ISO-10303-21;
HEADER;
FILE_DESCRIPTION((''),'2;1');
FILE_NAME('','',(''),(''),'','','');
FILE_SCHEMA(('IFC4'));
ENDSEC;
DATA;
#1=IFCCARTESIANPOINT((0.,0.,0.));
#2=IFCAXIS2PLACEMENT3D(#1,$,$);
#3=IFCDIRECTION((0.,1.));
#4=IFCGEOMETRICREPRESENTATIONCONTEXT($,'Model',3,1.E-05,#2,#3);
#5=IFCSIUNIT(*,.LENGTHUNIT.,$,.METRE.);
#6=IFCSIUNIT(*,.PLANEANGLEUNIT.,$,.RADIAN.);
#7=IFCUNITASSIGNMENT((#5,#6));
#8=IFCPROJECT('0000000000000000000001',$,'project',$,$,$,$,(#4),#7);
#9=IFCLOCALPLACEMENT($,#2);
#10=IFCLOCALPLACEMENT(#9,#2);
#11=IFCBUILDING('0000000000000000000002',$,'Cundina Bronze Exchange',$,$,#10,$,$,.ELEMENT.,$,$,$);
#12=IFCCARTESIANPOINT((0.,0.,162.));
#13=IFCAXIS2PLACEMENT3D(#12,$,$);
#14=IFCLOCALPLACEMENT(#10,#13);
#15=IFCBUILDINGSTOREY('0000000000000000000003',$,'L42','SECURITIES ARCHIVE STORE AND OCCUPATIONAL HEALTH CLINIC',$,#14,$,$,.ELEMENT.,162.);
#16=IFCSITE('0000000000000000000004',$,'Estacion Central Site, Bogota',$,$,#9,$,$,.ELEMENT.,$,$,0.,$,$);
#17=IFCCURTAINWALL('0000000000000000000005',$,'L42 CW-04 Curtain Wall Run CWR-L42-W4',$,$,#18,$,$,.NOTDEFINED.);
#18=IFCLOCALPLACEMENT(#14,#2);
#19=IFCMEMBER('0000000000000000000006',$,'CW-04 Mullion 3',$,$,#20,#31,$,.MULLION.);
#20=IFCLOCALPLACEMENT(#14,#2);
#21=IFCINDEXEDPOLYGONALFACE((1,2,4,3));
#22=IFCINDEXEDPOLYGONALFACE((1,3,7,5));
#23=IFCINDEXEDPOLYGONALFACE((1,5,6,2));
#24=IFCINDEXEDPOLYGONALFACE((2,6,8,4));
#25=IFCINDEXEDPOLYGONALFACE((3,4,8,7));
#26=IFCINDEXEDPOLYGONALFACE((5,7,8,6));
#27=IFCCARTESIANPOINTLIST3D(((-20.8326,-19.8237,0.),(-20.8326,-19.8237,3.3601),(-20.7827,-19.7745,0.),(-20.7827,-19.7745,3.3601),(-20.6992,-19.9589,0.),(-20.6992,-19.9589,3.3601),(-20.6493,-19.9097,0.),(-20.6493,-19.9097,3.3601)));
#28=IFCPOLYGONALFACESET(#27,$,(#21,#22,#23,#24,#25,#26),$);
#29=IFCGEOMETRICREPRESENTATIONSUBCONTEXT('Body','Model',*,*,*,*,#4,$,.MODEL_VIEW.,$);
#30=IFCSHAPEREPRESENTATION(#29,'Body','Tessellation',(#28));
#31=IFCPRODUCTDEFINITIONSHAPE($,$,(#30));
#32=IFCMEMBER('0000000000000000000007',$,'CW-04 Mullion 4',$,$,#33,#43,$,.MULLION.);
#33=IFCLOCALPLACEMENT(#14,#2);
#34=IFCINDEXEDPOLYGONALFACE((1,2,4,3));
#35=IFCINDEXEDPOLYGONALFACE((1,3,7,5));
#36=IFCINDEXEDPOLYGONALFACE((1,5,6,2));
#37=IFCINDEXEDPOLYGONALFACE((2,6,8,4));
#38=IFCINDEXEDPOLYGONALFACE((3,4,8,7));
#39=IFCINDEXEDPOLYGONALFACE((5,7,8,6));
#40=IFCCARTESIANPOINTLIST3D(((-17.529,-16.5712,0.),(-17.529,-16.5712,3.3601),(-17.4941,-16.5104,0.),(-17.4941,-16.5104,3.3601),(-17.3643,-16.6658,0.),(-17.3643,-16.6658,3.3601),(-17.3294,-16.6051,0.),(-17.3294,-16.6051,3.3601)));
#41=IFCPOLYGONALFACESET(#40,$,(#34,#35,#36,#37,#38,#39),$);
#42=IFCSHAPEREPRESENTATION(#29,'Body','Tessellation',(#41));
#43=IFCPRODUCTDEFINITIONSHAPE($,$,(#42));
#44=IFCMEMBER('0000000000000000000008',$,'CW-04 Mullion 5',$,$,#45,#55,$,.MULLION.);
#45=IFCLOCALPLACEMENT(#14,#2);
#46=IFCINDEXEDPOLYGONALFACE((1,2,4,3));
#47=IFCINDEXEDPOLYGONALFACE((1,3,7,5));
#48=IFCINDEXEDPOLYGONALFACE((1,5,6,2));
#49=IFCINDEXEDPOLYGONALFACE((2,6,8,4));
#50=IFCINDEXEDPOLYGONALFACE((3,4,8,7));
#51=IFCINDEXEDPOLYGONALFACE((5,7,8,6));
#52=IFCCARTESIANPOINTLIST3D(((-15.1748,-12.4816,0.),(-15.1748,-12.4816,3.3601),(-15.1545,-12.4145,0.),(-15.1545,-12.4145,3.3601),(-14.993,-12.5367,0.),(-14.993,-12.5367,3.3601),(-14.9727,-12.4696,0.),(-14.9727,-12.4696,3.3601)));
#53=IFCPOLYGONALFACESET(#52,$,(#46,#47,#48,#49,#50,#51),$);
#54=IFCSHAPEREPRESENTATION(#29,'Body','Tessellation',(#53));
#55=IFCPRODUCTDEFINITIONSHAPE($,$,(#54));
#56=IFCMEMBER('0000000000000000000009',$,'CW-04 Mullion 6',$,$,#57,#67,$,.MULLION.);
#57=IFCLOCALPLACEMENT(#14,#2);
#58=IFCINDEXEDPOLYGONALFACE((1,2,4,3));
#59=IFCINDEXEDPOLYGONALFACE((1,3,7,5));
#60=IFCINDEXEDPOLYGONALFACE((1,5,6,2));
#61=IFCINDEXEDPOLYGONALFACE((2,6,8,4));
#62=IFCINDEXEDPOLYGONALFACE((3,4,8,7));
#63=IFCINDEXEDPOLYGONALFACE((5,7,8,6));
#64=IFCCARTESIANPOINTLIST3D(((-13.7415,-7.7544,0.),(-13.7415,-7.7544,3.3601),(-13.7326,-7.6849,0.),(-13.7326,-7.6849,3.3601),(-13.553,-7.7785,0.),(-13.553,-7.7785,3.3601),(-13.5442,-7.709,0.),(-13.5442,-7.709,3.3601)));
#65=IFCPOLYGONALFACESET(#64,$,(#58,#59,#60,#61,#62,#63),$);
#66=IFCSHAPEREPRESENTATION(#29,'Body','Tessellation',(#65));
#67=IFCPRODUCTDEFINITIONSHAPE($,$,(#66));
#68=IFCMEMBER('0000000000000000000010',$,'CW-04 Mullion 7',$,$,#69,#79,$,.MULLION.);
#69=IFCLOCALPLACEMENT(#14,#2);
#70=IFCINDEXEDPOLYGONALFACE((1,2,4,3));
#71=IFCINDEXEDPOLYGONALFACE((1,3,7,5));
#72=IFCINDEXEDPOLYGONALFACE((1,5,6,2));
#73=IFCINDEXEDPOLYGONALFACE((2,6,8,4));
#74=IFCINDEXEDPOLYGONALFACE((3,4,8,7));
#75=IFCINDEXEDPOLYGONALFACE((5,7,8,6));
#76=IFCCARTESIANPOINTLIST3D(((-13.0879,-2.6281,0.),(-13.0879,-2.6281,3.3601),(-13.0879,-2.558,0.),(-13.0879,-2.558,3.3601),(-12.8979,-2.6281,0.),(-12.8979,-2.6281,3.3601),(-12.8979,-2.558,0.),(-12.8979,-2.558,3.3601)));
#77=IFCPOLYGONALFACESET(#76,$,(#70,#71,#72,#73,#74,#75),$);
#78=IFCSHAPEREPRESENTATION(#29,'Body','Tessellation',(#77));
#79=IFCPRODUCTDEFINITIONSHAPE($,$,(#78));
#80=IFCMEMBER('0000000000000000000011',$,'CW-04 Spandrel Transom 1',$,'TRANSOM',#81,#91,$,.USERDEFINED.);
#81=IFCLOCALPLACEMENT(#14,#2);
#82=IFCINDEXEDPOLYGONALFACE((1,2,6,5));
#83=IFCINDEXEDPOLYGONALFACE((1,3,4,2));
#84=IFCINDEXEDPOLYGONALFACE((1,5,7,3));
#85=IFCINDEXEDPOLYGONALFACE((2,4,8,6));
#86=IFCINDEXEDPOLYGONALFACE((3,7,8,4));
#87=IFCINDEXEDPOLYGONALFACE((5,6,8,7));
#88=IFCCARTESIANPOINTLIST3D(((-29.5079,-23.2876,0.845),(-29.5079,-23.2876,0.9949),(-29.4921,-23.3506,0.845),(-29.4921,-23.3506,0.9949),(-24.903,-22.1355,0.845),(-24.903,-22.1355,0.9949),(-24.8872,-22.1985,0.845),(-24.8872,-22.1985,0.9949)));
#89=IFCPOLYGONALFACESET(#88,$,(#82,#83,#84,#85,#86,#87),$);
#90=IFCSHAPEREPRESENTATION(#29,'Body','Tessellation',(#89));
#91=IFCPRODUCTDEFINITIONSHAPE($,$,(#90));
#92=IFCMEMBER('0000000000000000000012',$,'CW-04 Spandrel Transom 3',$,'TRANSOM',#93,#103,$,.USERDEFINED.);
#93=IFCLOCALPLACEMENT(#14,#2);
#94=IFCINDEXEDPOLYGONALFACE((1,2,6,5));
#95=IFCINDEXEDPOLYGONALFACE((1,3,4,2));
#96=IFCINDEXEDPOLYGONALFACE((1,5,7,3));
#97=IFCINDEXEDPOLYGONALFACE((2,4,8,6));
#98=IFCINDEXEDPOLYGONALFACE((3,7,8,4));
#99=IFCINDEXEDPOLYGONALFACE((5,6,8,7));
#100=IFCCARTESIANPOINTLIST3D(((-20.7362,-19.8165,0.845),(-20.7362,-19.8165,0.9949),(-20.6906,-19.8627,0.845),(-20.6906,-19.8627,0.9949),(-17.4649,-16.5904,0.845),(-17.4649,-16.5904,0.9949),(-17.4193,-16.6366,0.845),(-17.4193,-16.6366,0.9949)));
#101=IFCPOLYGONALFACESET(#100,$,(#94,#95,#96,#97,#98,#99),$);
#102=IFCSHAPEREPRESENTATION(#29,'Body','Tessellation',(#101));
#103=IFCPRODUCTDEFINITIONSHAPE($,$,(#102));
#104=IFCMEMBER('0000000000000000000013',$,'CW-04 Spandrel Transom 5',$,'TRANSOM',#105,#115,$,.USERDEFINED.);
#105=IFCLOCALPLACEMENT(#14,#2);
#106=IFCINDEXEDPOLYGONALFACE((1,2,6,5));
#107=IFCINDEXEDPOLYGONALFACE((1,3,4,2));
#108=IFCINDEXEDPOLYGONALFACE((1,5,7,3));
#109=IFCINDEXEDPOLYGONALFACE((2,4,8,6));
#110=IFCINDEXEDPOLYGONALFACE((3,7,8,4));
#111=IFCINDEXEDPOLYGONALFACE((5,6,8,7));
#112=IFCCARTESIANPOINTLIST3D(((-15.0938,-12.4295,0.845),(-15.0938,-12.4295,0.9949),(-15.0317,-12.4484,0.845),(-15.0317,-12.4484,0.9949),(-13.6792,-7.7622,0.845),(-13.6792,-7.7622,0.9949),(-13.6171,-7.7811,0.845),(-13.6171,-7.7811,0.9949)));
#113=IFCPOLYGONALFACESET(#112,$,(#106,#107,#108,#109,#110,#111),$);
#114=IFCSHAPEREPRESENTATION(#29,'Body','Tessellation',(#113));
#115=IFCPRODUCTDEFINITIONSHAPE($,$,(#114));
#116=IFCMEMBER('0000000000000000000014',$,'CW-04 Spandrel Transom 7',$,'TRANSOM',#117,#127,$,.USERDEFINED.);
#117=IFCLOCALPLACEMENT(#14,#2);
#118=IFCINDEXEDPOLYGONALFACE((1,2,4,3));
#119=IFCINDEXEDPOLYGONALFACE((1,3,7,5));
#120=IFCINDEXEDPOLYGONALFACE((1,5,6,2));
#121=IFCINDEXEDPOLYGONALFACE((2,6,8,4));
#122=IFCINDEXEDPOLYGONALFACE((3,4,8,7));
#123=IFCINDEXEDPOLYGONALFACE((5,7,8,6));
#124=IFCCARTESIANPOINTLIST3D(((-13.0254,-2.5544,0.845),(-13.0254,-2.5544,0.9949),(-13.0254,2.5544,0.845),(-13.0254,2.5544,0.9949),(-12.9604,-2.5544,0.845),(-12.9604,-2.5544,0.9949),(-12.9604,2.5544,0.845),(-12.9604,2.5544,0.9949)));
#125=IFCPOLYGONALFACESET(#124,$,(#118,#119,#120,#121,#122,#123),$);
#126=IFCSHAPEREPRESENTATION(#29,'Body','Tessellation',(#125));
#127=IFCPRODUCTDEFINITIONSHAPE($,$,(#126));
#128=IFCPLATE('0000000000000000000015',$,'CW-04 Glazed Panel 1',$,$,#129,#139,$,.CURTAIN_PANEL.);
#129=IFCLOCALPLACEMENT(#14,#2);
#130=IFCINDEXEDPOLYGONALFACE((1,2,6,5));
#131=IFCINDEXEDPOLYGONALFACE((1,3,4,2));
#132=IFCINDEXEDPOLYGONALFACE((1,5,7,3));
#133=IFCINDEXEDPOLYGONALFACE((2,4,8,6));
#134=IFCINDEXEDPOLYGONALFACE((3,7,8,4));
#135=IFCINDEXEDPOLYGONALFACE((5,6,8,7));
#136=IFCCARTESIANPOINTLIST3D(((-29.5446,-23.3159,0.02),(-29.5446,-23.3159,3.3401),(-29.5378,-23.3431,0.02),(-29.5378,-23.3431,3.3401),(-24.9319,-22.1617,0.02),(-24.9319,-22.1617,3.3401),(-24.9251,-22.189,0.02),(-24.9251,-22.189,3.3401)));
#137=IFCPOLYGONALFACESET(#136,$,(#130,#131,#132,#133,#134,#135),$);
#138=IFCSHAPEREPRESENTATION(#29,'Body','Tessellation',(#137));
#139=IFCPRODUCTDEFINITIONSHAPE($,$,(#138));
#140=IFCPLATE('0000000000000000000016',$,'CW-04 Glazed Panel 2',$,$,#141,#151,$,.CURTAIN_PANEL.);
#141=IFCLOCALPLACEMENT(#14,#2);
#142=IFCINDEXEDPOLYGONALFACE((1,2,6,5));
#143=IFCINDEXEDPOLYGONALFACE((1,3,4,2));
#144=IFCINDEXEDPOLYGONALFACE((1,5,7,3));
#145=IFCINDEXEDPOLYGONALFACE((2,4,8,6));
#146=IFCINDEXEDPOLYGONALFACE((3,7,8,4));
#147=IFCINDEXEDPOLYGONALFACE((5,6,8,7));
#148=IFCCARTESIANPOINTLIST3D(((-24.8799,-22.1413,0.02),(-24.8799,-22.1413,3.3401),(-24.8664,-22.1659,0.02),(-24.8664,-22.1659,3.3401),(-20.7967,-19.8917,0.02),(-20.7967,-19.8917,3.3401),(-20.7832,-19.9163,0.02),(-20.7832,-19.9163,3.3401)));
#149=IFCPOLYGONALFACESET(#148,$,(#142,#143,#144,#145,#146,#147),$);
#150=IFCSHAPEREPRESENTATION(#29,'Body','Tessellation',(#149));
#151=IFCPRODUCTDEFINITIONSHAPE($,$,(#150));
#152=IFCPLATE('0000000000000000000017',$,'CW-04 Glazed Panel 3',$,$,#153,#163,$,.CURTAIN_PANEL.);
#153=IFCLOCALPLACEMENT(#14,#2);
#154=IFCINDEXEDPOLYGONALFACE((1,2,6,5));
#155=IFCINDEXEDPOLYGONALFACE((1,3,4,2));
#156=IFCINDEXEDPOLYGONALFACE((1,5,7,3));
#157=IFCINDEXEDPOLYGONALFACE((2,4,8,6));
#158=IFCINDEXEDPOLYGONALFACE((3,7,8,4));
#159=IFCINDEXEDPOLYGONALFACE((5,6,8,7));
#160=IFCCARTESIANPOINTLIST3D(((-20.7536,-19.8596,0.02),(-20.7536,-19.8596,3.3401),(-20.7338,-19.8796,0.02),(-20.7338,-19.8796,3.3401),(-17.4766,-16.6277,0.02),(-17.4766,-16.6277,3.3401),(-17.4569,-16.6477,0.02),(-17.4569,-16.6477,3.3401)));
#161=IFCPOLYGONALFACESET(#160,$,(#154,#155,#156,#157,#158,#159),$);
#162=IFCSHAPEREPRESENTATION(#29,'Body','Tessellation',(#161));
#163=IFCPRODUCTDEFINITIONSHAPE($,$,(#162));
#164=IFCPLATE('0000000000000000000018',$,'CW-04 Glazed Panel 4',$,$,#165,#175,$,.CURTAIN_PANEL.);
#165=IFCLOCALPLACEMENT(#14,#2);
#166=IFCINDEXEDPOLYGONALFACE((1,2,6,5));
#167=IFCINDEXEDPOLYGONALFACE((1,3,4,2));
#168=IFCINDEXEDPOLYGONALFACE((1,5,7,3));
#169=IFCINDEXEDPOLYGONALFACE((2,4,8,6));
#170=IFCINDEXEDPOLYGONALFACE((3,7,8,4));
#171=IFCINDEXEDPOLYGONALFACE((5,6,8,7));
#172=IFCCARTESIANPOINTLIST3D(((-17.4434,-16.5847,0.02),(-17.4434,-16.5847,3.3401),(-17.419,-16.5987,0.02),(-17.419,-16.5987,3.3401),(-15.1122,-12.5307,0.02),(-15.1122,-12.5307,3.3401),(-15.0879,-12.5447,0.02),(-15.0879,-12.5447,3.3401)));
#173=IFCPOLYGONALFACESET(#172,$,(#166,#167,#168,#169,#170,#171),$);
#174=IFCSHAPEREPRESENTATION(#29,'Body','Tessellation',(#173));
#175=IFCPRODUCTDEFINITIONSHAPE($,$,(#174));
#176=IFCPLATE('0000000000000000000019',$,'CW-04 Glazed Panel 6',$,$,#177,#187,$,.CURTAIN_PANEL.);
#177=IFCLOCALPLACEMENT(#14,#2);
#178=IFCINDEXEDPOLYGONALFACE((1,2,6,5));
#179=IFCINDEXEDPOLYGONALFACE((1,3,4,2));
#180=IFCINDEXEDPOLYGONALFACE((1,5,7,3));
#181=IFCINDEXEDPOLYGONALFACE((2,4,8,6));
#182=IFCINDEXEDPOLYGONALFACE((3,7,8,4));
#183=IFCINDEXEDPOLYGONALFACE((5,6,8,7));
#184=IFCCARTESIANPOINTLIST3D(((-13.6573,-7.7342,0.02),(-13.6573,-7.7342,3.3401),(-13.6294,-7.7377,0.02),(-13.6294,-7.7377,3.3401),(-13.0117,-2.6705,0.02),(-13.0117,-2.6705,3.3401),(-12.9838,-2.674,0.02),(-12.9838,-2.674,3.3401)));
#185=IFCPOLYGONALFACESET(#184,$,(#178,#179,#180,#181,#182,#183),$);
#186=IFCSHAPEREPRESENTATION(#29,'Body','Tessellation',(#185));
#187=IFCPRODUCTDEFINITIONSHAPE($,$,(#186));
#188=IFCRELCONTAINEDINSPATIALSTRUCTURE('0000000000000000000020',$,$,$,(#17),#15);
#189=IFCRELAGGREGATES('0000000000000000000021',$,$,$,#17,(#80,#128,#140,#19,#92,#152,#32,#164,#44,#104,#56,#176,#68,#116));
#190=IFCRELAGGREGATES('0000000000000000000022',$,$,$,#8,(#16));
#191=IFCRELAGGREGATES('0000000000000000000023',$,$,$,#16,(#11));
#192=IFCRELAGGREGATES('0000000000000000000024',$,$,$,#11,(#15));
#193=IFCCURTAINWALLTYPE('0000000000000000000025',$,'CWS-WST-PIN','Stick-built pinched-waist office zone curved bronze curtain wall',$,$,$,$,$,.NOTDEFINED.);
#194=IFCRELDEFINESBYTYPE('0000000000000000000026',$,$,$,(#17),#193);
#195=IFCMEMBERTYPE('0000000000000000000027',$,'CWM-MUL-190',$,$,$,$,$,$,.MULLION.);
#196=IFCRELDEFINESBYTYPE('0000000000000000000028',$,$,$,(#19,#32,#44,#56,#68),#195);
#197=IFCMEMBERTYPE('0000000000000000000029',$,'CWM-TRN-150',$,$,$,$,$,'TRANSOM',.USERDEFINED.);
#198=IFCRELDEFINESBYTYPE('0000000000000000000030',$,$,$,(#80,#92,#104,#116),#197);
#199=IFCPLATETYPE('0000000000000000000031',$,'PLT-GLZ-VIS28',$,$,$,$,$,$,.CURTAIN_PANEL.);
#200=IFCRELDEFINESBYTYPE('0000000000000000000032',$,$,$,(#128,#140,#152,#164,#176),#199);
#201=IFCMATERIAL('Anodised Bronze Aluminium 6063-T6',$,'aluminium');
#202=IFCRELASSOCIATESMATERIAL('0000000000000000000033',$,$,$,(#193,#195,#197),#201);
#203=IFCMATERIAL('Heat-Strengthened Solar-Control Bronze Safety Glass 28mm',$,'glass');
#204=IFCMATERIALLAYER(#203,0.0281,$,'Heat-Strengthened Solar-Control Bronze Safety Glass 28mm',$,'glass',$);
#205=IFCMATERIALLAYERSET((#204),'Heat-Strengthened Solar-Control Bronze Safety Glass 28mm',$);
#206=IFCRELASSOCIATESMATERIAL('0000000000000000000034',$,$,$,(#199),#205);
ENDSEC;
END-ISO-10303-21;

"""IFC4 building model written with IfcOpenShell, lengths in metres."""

from ifc_helpers import new_model, si_unit, direction, frame, origin, origin_2d, place, context, subcontext, project, spatial, rectangle, extrude, material, layer, layer_set, material_profile, profile_set, type_object, element, aggregate, save


model = new_model("IFC4")

# Units and contexts
model_context = context("Model", 3, precision=1e-05, world=origin(), true_north=direction((0.0, 1.0)))
body_context = subcontext(model_context, "Body", "Model", "MODEL_VIEW")
ifc_project = project(units=[si_unit("LENGTHUNIT", "METRE"), si_unit("PLANEANGLEUNIT", "RADIAN")], contexts=[model_context])

# Site, building, storey
site_placement = place(None, origin())
site = spatial("IfcSite", under=ifc_project, at=site_placement, Name="Estacion Central Site, Bogota", CompositionType="ELEMENT", RefElevation=0.0)
building_placement = place(site_placement, origin())
building = spatial("IfcBuilding", under=site, at=building_placement, Name="Cundina Bronze Exchange", CompositionType="ELEMENT")
storey_placement = place(building_placement, frame((0.0, 0.0, 162.0)))
storey = spatial("IfcBuildingStorey", under=building, at=storey_placement, Name="L42", Description="SECURITIES ARCHIVE STORE AND OCCUPATIONAL HEALTH CLINIC", CompositionType="ELEMENT", Elevation=162.0)

# Curtain wall, members, plates
ifc_material_1 = material(Name="Anodised Bronze Aluminium 6063-T6", Category="aluminium")
curtain_wall_type = type_object("IfcCurtainWallType", Name="CWS-WST-PIN", Description="Stick-built pinched-waist office zone curved bronze curtain wall", PredefinedType="NOTDEFINED", material=ifc_material_1)
curtain_wall_placement = place(storey_placement, origin())
curtain_wall = element("IfcCurtainWall", 1, at=curtain_wall_placement, inside=storey, type_object=curtain_wall_type, Name="L42 CW-04 Curtain Wall Run CWR-L42-W4", PredefinedType="NOTDEFINED")
ifc_material_profile_1 = material_profile(ifc_material_1, rectangle(XDim=0.0701, YDim=0.1899, at=origin_2d()), Name="AL70X190", Category="aluminium")
ifc_profile_set_1 = profile_set([ifc_material_profile_1], Name="Anodised Bronze Aluminium 6063-T6")
member_type_1 = type_object("IfcMemberType", Name="CWM-MUL-190", PredefinedType="MULLION", material=ifc_profile_set_1)
member_1_placement = place(storey_placement, frame((-20.741, -19.8667, 0.0), z_axis=(0.0, 0.0, 1.0), x_axis=(0.712026, 0.702153, 0.0)))
member_1 = element("IfcMember", 2, at=member_1_placement, type_object=member_type_1, Name="CW-04 Mullion 3", PredefinedType="MULLION", context=body_context, shape_type="SweptSolid", body=[
    extrude(rectangle(XDim=0.0701, YDim=0.1899, at=origin_2d()), origin(), (0.0, 0.0, 1.0), 3.3601),
])
member_2_placement = place(storey_placement, frame((-17.4292, -16.5881, 0.0), z_axis=(0.0, 0.0, 1.0), x_axis=(0.498488, 0.866897, 0.0)))
member_2 = element("IfcMember", 3, at=member_2_placement, type_object=member_type_1, Name="CW-04 Mullion 4", PredefinedType="MULLION", context=body_context, shape_type="SweptSolid", body=[
    extrude(rectangle(XDim=0.0701, YDim=0.1899, at=origin_2d()), origin(), (0.0, 0.0, 1.0), 3.3601),
])
member_3_placement = place(storey_placement, frame((-15.0737, -12.4756, 0.0), z_axis=(0.0, 0.0, 1.0), x_axis=(0.290034, 0.957016, 0.0)))
member_3 = element("IfcMember", 4, at=member_3_placement, type_object=member_type_1, Name="CW-04 Mullion 5", PredefinedType="MULLION", context=body_context, shape_type="SweptSolid", body=[
    extrude(rectangle(XDim=0.0701, YDim=0.1899, at=origin_2d()), origin(), (0.0, 0.0, 1.0), 3.3601),
])
member_4_placement = place(storey_placement, frame((-13.6428, -7.7317, 0.0), z_axis=(0.0, 0.0, 1.0), x_axis=(0.126545, 0.991961, 0.0)))
member_4 = element("IfcMember", 5, at=member_4_placement, type_object=member_type_1, Name="CW-04 Mullion 6", PredefinedType="MULLION", context=body_context, shape_type="SweptSolid", body=[
    extrude(rectangle(XDim=0.0701, YDim=0.1899, at=origin_2d()), origin(), (0.0, 0.0, 1.0), 3.3601),
])
member_5_placement = place(storey_placement, frame((-12.9929, -2.593, 0.0), z_axis=(0.0, 0.0, 1.0), x_axis=(0.0, 1.0, 0.0)))
member_5 = element("IfcMember", 6, at=member_5_placement, type_object=member_type_1, Name="CW-04 Mullion 7", PredefinedType="MULLION", context=body_context, shape_type="SweptSolid", body=[
    extrude(rectangle(XDim=0.0701, YDim=0.1899, at=origin_2d()), origin(), (0.0, 0.0, 1.0), 3.3601),
])
ifc_material_profile_2 = material_profile(ifc_material_1, rectangle(XDim=0.0649, YDim=0.1499, at=origin_2d()), Name="AL65X150", Category="aluminium")
ifc_profile_set_2 = profile_set([ifc_material_profile_2], Name="Anodised Bronze Aluminium 6063-T6")
member_type_2 = type_object("IfcMemberType", Name="CWM-TRN-150", ElementType="TRANSOM", PredefinedType="USERDEFINED", material=ifc_profile_set_2)
member_6_placement = place(storey_placement, frame((-29.5, -23.3191, 0.9199), z_axis=(0.9701, 0.242705, 0.0), x_axis=(-0.242705, 0.9701, 0.0)))
member_6 = element("IfcMember", 7, at=member_6_placement, type_object=member_type_2, Name="CW-04 Spandrel Transom 1", ObjectType="TRANSOM", PredefinedType="USERDEFINED", context=body_context, shape_type="SweptSolid", body=[
    extrude(rectangle(XDim=0.0649, YDim=0.1499, at=origin_2d()), origin(), (0.0, 0.0, 1.0), 4.7468),
])
member_7_placement = place(storey_placement, frame((-20.7134, -19.8396, 0.9199), z_axis=(0.712005, 0.702174, 0.0), x_axis=(-0.702174, 0.712005, 0.0)))
member_7 = element("IfcMember", 8, at=member_7_placement, type_object=member_type_2, Name="CW-04 Spandrel Transom 3", ObjectType="TRANSOM", PredefinedType="USERDEFINED", context=body_context, shape_type="SweptSolid", body=[
    extrude(rectangle(XDim=0.0649, YDim=0.1499, at=origin_2d()), origin(), (0.0, 0.0, 1.0), 4.5945),
])
member_8_placement = place(storey_placement, frame((-15.0627, -12.439, 0.9199), z_axis=(0.290052, 0.957011, 0.0), x_axis=(-0.957011, 0.290052, 0.0)))
member_8 = element("IfcMember", 9, at=member_8_placement, type_object=member_type_2, Name="CW-04 Spandrel Transom 5", ObjectType="TRANSOM", PredefinedType="USERDEFINED", context=body_context, shape_type="SweptSolid", body=[
    extrude(rectangle(XDim=0.0649, YDim=0.1499, at=origin_2d()), origin(), (0.0, 0.0, 1.0), 4.877),
])
member_9_placement = place(storey_placement, frame((-12.9929, -2.5544, 0.9199), z_axis=(0.0, 1.0, 0.0), x_axis=(-1.0, 0.0, 0.0)))
member_9 = element("IfcMember", 10, at=member_9_placement, type_object=member_type_2, Name="CW-04 Spandrel Transom 7", ObjectType="TRANSOM", PredefinedType="USERDEFINED", context=body_context, shape_type="SweptSolid", body=[
    extrude(rectangle(XDim=0.0649, YDim=0.1499, at=origin_2d()), origin(), (0.0, 0.0, 1.0), 5.1089),
])
ifc_material_2 = material(Name="Heat-Strengthened Solar-Control Bronze Safety Glass 28mm", Category="glass")
ifc_layer_1 = layer(ifc_material_2, 0.0281, Name="Heat-Strengthened Solar-Control Bronze Safety Glass 28mm", Category="glass")
ifc_layer_set_1 = layer_set([ifc_layer_1], Name="Heat-Strengthened Solar-Control Bronze Safety Glass 28mm")
plate_type_1 = type_object("IfcPlateType", Name="PLT-GLZ-VIS28", PredefinedType="CURTAIN_PANEL", material=ifc_layer_set_1)
plate_1_placement = place(storey_placement, frame((-27.2349, -22.7524, 0.02), z_axis=(0.0, 0.0, 1.0), x_axis=(0.970093, 0.242735, 0.0)))
plate_1 = element("IfcPlate", 11, at=plate_1_placement, type_object=plate_type_1, Name="CW-04 Glazed Panel 1", PredefinedType="CURTAIN_PANEL", context=body_context, shape_type="SweptSolid", body=[
    extrude(rectangle(XDim=4.7549, YDim=0.0281, at=origin_2d()), origin(), (0.0, 0.0, 1.0), 3.3201),
])
plate_2_placement = place(storey_placement, frame((-22.8315, -21.0288, 0.02), z_axis=(0.0, 0.0, 1.0), x_axis=(0.875869, 0.482549, 0.0)))
plate_2 = element("IfcPlate", 12, at=plate_2_placement, type_object=plate_type_1, Name="CW-04 Glazed Panel 2", PredefinedType="CURTAIN_PANEL", context=body_context, shape_type="SweptSolid", body=[
    extrude(rectangle(XDim=4.6619, YDim=0.0281, at=origin_2d()), origin(), (0.0, 0.0, 1.0), 3.3201),
])
plate_3_placement = place(storey_placement, frame((-19.1052, -18.2537, 0.02), z_axis=(0.0, 0.0, 1.0), x_axis=(0.711989, 0.70219, 0.0)))
plate_3 = element("IfcPlate", 13, at=plate_3_placement, type_object=plate_type_1, Name="CW-04 Glazed Panel 3", PredefinedType="CURTAIN_PANEL", context=body_context, shape_type="SweptSolid", body=[
    extrude(rectangle(XDim=4.6025, YDim=0.0281, at=origin_2d()), origin(), (0.0, 0.0, 1.0), 3.3201),
])
plate_4_placement = place(storey_placement, frame((-16.2656, -14.5647, 0.02), z_axis=(0.0, 0.0, 1.0), x_axis=(0.498488, 0.866897, 0.0)))
plate_4 = element("IfcPlate", 14, at=plate_4_placement, type_object=plate_type_1, Name="CW-04 Glazed Panel 4", PredefinedType="CURTAIN_PANEL", context=body_context, shape_type="SweptSolid", body=[
    extrude(rectangle(XDim=4.6765, YDim=0.0281, at=origin_2d()), origin(), (0.0, 0.0, 1.0), 3.3201),
])
plate_5_placement = place(storey_placement, frame((-13.3206, -5.2041, 0.02), z_axis=(0.0, 0.0, 1.0), x_axis=(0.126476, 0.99197, 0.0)))
plate_5 = element("IfcPlate", 15, at=plate_5_placement, type_object=plate_type_1, Name="CW-04 Glazed Panel 6", PredefinedType="CURTAIN_PANEL", context=body_context, shape_type="SweptSolid", body=[
    extrude(rectangle(XDim=5.1047, YDim=0.0281, at=origin_2d()), origin(), (0.0, 0.0, 1.0), 3.3201),
])
aggregate(curtain_wall, [member_6, plate_1, plate_2, member_1, member_7, plate_3, member_2, plate_4, member_3, member_8, member_4, plate_5, member_5, member_9])

save(model, "model.ifc")
